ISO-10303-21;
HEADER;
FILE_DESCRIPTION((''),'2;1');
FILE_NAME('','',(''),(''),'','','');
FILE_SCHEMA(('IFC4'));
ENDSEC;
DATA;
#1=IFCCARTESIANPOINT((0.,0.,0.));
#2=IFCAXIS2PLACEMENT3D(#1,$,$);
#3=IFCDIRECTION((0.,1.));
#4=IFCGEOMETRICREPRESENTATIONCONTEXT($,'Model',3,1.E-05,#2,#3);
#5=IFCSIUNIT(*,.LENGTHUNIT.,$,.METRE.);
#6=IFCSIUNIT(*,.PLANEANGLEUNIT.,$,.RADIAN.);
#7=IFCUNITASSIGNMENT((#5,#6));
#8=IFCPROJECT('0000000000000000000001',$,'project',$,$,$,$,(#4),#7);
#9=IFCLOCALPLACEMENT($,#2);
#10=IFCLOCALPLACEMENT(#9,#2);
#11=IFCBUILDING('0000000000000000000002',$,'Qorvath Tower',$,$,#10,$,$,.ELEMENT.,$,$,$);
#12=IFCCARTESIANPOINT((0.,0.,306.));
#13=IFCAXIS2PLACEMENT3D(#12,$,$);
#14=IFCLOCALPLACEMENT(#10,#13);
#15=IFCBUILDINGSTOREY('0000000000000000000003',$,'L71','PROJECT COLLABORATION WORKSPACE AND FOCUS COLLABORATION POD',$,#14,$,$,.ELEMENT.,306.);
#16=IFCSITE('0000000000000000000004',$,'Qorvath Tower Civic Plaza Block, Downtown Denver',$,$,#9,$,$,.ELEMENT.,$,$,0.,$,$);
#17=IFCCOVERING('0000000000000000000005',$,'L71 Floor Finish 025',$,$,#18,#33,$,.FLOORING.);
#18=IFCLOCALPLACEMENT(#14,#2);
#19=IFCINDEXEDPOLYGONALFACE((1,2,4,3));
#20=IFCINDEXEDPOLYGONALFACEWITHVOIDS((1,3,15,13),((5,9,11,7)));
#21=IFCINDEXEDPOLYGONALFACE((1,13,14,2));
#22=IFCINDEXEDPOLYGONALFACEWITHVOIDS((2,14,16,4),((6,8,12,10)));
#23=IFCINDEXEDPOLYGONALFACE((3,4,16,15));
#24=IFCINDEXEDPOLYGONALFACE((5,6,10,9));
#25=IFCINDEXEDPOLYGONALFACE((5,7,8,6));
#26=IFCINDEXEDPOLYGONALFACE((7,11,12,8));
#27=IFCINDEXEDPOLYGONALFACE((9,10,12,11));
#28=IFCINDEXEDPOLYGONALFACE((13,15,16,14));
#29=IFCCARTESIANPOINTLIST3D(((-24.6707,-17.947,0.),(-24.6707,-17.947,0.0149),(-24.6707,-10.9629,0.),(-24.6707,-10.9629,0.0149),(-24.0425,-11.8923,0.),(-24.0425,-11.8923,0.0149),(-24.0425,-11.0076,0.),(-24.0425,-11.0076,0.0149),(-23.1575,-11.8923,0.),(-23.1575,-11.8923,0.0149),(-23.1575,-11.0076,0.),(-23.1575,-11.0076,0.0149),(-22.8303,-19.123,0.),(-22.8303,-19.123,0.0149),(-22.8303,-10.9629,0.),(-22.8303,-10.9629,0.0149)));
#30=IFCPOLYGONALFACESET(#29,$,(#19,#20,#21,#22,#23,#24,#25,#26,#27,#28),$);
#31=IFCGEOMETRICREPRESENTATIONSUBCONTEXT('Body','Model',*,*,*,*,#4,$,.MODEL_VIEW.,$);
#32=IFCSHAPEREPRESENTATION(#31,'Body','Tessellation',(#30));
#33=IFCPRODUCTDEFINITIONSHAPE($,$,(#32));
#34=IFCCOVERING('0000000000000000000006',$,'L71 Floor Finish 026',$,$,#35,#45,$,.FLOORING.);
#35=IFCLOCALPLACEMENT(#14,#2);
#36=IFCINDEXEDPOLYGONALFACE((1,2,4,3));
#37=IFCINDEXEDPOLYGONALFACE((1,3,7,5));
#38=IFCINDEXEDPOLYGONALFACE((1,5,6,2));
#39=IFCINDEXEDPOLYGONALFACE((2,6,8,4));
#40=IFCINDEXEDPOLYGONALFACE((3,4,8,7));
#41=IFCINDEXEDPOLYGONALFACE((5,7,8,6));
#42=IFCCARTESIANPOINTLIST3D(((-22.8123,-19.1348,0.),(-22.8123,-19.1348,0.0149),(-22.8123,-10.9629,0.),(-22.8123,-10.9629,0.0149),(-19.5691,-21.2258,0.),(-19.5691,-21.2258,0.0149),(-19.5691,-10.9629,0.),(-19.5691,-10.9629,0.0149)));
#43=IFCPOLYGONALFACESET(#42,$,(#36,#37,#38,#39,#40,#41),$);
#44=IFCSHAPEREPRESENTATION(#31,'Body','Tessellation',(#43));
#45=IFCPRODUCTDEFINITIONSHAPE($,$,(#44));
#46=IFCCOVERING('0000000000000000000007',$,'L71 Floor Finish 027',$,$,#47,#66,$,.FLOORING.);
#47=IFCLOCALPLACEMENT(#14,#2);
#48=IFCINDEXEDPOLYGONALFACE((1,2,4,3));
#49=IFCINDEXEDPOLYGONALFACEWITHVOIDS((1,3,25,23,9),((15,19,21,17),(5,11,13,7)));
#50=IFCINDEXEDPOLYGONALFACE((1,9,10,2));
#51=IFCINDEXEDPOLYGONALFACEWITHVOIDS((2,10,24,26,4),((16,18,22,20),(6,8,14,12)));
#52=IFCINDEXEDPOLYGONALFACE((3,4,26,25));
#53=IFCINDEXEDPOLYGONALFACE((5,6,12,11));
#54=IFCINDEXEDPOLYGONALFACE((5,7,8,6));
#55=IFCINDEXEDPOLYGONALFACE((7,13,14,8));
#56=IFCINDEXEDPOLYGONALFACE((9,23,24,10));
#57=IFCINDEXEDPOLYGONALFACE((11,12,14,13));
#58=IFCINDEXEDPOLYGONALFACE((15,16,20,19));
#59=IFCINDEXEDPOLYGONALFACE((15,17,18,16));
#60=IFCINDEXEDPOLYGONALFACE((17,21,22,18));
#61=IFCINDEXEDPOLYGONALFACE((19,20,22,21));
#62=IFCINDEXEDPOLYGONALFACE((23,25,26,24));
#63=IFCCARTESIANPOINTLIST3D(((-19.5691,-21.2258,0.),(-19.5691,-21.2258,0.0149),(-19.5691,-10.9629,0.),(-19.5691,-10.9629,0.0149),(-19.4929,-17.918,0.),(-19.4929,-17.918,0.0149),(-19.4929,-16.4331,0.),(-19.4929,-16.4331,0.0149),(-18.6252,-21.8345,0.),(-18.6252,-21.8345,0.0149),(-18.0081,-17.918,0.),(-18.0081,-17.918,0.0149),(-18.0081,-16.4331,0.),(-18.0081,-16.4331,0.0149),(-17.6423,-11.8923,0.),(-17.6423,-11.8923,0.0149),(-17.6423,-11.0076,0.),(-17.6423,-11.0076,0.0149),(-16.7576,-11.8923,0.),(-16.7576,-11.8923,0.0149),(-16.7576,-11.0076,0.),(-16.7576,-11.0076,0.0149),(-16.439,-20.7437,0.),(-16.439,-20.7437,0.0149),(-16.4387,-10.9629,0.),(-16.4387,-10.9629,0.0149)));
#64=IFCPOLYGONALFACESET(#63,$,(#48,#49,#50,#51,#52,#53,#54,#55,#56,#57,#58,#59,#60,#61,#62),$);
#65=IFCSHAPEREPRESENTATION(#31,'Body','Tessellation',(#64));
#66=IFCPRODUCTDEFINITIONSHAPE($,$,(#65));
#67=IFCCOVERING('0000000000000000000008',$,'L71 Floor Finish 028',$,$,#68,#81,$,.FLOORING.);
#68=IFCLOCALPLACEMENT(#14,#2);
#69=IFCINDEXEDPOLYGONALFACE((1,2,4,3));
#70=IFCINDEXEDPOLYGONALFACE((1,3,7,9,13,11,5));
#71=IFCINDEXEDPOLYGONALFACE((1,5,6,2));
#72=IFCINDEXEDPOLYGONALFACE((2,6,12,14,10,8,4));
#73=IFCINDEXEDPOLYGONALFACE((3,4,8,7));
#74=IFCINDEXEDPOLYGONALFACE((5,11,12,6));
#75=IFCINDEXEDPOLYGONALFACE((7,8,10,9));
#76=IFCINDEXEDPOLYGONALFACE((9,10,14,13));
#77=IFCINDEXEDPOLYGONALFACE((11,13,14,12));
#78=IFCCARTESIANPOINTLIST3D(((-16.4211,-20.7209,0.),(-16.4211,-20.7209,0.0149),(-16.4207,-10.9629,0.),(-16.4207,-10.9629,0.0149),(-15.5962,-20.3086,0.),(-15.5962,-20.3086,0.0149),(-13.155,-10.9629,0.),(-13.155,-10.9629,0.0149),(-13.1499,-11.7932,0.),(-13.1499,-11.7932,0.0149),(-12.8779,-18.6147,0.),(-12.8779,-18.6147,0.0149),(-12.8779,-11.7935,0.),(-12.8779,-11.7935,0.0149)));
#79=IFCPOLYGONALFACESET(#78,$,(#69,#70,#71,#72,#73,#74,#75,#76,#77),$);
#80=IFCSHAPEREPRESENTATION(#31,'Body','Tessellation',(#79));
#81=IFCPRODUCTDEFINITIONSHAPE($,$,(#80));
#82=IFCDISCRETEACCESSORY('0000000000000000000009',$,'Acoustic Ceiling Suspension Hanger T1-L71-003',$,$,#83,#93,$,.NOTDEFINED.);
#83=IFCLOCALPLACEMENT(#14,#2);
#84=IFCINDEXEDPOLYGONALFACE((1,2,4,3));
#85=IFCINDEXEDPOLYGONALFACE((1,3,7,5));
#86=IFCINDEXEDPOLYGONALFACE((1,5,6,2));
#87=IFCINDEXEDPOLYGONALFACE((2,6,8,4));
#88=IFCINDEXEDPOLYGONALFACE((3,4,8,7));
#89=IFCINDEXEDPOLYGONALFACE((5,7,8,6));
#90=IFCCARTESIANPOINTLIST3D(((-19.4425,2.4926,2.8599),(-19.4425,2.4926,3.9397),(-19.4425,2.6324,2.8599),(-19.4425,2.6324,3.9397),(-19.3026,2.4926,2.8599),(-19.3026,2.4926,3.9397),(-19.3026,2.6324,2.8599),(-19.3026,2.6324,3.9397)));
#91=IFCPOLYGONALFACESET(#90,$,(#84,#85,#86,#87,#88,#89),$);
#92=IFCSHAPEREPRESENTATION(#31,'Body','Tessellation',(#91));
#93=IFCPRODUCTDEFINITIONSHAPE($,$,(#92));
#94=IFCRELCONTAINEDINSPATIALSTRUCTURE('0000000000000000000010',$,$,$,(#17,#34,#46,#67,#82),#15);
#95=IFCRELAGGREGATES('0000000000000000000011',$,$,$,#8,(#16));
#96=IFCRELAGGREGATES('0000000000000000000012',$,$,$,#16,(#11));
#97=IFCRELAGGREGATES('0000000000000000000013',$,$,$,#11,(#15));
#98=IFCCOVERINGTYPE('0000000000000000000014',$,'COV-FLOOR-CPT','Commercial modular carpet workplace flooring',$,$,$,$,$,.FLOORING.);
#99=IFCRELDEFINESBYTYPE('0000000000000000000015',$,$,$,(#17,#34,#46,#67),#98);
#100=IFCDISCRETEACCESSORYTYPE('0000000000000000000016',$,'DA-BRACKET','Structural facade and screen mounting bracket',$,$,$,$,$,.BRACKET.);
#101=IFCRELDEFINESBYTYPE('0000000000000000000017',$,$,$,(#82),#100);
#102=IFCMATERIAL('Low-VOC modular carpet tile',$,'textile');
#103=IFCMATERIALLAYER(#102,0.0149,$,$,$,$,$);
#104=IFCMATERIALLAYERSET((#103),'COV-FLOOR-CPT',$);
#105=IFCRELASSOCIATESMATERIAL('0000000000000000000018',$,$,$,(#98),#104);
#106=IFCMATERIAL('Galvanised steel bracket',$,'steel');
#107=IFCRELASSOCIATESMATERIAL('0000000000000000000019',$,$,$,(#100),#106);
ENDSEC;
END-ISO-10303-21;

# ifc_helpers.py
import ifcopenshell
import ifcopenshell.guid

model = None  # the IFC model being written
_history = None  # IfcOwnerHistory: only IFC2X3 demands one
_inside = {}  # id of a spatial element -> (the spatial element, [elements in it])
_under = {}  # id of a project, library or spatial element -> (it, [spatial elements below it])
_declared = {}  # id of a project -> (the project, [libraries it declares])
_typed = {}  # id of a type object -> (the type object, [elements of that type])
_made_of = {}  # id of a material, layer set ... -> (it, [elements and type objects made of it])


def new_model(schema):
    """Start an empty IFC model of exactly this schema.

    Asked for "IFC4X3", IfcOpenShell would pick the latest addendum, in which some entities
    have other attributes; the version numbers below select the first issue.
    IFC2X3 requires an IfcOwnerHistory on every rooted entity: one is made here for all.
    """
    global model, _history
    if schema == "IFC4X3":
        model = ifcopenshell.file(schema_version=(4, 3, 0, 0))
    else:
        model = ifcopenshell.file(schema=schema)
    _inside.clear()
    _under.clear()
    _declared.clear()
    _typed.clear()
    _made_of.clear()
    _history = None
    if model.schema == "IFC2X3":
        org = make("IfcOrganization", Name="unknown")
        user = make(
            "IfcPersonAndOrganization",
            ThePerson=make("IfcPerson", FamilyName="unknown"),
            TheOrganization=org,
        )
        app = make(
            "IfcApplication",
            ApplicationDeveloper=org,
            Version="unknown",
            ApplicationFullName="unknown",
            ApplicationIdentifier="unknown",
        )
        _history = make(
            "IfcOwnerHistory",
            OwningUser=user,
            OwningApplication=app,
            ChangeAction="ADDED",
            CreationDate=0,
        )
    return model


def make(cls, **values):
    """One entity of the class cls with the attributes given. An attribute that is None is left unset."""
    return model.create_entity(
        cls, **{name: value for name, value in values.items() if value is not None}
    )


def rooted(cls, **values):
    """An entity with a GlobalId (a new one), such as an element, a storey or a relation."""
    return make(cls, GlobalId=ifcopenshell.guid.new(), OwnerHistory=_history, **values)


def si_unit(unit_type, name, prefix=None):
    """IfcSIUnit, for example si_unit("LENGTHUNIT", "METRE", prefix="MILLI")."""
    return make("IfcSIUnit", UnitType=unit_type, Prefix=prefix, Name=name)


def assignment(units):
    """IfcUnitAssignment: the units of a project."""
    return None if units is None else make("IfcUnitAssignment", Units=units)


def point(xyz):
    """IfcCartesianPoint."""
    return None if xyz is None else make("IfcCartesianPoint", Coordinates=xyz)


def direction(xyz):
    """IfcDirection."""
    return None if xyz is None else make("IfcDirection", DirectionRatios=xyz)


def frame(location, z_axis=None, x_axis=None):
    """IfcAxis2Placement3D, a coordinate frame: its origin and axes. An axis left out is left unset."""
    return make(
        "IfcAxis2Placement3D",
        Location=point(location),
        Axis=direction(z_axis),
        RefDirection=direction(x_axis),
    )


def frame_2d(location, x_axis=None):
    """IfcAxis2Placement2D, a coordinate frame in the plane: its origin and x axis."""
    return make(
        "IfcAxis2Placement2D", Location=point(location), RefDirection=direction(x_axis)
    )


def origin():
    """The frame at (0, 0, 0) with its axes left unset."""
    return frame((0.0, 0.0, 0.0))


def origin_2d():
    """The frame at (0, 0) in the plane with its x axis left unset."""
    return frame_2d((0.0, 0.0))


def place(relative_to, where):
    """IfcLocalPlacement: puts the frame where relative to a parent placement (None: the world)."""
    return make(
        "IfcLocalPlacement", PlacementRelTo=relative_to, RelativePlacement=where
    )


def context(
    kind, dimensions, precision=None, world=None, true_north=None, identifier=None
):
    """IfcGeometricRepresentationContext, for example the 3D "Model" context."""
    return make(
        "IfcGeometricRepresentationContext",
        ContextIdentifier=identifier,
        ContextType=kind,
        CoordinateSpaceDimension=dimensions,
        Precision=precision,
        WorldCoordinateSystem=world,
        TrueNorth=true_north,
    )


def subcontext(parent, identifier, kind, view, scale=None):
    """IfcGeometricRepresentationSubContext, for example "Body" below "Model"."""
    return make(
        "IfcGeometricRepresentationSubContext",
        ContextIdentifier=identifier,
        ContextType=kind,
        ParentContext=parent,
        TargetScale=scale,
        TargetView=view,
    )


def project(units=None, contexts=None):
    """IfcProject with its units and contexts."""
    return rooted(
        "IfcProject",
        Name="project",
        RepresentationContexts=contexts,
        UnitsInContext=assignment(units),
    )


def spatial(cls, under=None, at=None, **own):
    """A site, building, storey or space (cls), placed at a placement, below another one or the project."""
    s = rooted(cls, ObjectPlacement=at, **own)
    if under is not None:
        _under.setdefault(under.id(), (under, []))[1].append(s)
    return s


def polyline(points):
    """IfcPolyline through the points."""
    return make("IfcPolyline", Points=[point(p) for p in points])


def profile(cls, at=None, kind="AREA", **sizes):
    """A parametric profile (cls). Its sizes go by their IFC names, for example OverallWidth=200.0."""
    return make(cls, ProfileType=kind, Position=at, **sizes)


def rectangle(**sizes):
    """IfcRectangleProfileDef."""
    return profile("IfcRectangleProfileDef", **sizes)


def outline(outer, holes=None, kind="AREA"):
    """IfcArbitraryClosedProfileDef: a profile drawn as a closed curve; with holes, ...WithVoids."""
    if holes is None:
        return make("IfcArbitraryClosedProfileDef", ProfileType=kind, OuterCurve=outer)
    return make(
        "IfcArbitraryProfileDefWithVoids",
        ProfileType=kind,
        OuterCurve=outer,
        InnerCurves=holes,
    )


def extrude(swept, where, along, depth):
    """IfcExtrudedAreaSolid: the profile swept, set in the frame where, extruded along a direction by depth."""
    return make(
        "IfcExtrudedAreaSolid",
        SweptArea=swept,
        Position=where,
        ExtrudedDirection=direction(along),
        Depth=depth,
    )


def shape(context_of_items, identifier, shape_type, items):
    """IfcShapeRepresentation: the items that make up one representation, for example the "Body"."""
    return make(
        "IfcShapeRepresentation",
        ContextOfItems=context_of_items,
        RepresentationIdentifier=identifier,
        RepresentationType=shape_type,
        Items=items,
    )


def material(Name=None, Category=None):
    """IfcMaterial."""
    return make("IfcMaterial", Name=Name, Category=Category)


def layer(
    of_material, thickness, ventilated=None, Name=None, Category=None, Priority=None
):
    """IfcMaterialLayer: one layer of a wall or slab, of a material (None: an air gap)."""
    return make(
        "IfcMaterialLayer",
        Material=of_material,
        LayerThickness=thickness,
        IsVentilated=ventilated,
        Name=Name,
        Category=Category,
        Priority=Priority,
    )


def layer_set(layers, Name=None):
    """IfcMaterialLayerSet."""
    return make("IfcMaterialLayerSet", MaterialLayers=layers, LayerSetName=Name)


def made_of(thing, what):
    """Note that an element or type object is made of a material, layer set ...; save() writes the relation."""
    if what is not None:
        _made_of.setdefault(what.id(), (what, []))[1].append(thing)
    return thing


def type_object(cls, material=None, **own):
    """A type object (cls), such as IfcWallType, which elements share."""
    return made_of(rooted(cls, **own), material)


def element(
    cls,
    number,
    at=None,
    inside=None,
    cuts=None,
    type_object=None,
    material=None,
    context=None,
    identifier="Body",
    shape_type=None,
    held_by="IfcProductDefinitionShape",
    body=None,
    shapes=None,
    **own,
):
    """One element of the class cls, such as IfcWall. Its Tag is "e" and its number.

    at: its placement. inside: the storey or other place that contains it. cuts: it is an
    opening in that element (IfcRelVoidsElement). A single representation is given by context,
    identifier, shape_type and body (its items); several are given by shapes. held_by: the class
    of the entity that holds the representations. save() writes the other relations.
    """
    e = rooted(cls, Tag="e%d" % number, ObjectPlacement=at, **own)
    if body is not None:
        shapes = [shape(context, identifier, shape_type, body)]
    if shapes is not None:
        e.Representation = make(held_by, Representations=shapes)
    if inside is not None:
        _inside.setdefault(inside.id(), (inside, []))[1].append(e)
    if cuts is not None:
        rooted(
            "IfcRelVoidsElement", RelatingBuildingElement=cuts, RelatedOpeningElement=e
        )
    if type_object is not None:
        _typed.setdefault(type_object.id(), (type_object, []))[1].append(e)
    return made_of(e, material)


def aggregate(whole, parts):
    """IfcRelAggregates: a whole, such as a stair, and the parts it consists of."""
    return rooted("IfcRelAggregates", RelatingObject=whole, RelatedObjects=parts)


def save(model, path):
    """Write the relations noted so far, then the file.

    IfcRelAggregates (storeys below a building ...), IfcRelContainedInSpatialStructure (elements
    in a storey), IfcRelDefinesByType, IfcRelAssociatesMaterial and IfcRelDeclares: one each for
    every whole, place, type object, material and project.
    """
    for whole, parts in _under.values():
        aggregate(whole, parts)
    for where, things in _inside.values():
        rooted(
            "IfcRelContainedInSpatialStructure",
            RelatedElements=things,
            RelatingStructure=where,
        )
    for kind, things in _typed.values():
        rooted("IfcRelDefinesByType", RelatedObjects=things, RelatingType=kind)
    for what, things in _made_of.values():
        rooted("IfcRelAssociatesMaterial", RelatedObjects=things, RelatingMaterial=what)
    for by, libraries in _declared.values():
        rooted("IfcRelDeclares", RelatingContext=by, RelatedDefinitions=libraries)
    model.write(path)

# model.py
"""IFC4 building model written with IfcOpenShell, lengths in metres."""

from ifc_helpers import new_model, si_unit, direction, frame, origin, origin_2d, place, context, subcontext, project, spatial, polyline, rectangle, outline, extrude, material, layer, layer_set, type_object, element, save


model = new_model("IFC4")

# Units and contexts
model_context = context("Model", 3, precision=1e-05, world=origin(), true_north=direction((0.0, 1.0)))
body_context = subcontext(model_context, "Body", "Model", "MODEL_VIEW")
ifc_project = project(units=[si_unit("LENGTHUNIT", "METRE"), si_unit("PLANEANGLEUNIT", "RADIAN")], contexts=[model_context])

# Site, building, storey
site_placement = place(None, origin())
site = spatial("IfcSite", under=ifc_project, at=site_placement, Name="Qorvath Tower Civic Plaza Block, Downtown Denver", CompositionType="ELEMENT", RefElevation=0.0)
building_placement = place(site_placement, origin())
building = spatial("IfcBuilding", under=site, at=building_placement, Name="Qorvath Tower", CompositionType="ELEMENT")
storey_placement = place(building_placement, frame((0.0, 0.0, 306.0)))
storey = spatial("IfcBuildingStorey", under=building, at=storey_placement, Name="L71", Description="PROJECT COLLABORATION WORKSPACE AND FOCUS COLLABORATION POD", CompositionType="ELEMENT", Elevation=306.0)

# Coverings
ifc_material_1 = material(Name="Low-VOC modular carpet tile", Category="textile")
ifc_layer_1 = layer(ifc_material_1, 0.0149)
ifc_layer_set_1 = layer_set([ifc_layer_1], Name="COV-FLOOR-CPT")
covering_type_1 = type_object("IfcCoveringType", Name="COV-FLOOR-CPT", Description="Commercial modular carpet workplace flooring", PredefinedType="FLOORING", material=ifc_layer_set_1)
covering_1_placement = place(storey_placement, origin())
element("IfcCovering", 1, at=covering_1_placement, inside=storey, type_object=covering_type_1, Name="L71 Floor Finish 025", PredefinedType="FLOORING", context=body_context, shape_type="SweptSolid", body=[
    extrude(outline(polyline([(-24.6707, -10.9629), (-24.6707, -17.947), (-22.8303, -19.123), (-22.8303, -10.9629), (-24.6707, -10.9629)]), holes=[polyline([(-24.0425, -11.8923), (-24.0425, -11.0076), (-23.1575, -11.0076), (-23.1575, -11.8923), (-24.0425, -11.8923)])]), origin(), (0.0, 0.0, 1.0), 0.0149),
])
covering_2_placement = place(storey_placement, origin())
element("IfcCovering", 2, at=covering_2_placement, inside=storey, type_object=covering_type_1, Name="L71 Floor Finish 026", PredefinedType="FLOORING", context=body_context, shape_type="SweptSolid", body=[
    extrude(outline(polyline([(-22.8123, -19.1348), (-19.5691, -21.2258), (-19.5691, -10.9629), (-22.8123, -10.9629), (-22.8123, -19.1348)])), origin(), (0.0, 0.0, 1.0), 0.0149),
])
covering_3_placement = place(storey_placement, origin())
element("IfcCovering", 3, at=covering_3_placement, inside=storey, type_object=covering_type_1, Name="L71 Floor Finish 027", PredefinedType="FLOORING", context=body_context, shape_type="SweptSolid", body=[
    extrude(outline(polyline([(-19.5691, -10.9629), (-19.5691, -21.2258), (-18.6252, -21.8345), (-16.439, -20.7437), (-16.4387, -10.9629), (-19.5691, -10.9629)]), holes=[polyline([(-17.6423, -11.8923), (-17.6423, -11.0076), (-16.7576, -11.0076), (-16.7576, -11.8923), (-17.6423, -11.8923)]), polyline([(-19.4929, -17.918), (-19.4929, -16.4331), (-18.0081, -16.4331), (-18.0081, -17.918), (-19.4929, -17.918)])]), origin(), (0.0, 0.0, 1.0), 0.0149),
])
covering_4_placement = place(storey_placement, origin())
element("IfcCovering", 4, at=covering_4_placement, inside=storey, type_object=covering_type_1, Name="L71 Floor Finish 028", PredefinedType="FLOORING", context=body_context, shape_type="SweptSolid", body=[
    extrude(outline(polyline([(-13.155, -10.9629), (-16.4207, -10.9629), (-16.4211, -20.7209), (-15.5962, -20.3086), (-12.8779, -18.6147), (-12.8779, -11.7935), (-13.1499, -11.7932), (-13.155, -10.9629)])), origin(), (0.0, 0.0, 1.0), 0.0149),
])

# Discrete accessory
ifc_material_2 = material(Name="Galvanised steel bracket", Category="steel")
discrete_accessory_type = type_object("IfcDiscreteAccessoryType", Name="DA-BRACKET", Description="Structural facade and screen mounting bracket", PredefinedType="BRACKET", material=ifc_material_2)
discrete_accessory_placement = place(storey_placement, frame((-19.3726, 2.5625, 2.8599), z_axis=(0.0, 0.0, 1.0), x_axis=(1.0, 0.0, 0.0)))
element("IfcDiscreteAccessory", 5, at=discrete_accessory_placement, inside=storey, type_object=discrete_accessory_type, Name="Acoustic Ceiling Suspension Hanger T1-L71-003", PredefinedType="NOTDEFINED", context=body_context, shape_type="SweptSolid", body=[
    extrude(rectangle(XDim=0.1399, YDim=0.1399, at=origin_2d()), origin(), (0.0, 0.0, 1.0), 1.0798),
])

save(model, "model.ifc")
